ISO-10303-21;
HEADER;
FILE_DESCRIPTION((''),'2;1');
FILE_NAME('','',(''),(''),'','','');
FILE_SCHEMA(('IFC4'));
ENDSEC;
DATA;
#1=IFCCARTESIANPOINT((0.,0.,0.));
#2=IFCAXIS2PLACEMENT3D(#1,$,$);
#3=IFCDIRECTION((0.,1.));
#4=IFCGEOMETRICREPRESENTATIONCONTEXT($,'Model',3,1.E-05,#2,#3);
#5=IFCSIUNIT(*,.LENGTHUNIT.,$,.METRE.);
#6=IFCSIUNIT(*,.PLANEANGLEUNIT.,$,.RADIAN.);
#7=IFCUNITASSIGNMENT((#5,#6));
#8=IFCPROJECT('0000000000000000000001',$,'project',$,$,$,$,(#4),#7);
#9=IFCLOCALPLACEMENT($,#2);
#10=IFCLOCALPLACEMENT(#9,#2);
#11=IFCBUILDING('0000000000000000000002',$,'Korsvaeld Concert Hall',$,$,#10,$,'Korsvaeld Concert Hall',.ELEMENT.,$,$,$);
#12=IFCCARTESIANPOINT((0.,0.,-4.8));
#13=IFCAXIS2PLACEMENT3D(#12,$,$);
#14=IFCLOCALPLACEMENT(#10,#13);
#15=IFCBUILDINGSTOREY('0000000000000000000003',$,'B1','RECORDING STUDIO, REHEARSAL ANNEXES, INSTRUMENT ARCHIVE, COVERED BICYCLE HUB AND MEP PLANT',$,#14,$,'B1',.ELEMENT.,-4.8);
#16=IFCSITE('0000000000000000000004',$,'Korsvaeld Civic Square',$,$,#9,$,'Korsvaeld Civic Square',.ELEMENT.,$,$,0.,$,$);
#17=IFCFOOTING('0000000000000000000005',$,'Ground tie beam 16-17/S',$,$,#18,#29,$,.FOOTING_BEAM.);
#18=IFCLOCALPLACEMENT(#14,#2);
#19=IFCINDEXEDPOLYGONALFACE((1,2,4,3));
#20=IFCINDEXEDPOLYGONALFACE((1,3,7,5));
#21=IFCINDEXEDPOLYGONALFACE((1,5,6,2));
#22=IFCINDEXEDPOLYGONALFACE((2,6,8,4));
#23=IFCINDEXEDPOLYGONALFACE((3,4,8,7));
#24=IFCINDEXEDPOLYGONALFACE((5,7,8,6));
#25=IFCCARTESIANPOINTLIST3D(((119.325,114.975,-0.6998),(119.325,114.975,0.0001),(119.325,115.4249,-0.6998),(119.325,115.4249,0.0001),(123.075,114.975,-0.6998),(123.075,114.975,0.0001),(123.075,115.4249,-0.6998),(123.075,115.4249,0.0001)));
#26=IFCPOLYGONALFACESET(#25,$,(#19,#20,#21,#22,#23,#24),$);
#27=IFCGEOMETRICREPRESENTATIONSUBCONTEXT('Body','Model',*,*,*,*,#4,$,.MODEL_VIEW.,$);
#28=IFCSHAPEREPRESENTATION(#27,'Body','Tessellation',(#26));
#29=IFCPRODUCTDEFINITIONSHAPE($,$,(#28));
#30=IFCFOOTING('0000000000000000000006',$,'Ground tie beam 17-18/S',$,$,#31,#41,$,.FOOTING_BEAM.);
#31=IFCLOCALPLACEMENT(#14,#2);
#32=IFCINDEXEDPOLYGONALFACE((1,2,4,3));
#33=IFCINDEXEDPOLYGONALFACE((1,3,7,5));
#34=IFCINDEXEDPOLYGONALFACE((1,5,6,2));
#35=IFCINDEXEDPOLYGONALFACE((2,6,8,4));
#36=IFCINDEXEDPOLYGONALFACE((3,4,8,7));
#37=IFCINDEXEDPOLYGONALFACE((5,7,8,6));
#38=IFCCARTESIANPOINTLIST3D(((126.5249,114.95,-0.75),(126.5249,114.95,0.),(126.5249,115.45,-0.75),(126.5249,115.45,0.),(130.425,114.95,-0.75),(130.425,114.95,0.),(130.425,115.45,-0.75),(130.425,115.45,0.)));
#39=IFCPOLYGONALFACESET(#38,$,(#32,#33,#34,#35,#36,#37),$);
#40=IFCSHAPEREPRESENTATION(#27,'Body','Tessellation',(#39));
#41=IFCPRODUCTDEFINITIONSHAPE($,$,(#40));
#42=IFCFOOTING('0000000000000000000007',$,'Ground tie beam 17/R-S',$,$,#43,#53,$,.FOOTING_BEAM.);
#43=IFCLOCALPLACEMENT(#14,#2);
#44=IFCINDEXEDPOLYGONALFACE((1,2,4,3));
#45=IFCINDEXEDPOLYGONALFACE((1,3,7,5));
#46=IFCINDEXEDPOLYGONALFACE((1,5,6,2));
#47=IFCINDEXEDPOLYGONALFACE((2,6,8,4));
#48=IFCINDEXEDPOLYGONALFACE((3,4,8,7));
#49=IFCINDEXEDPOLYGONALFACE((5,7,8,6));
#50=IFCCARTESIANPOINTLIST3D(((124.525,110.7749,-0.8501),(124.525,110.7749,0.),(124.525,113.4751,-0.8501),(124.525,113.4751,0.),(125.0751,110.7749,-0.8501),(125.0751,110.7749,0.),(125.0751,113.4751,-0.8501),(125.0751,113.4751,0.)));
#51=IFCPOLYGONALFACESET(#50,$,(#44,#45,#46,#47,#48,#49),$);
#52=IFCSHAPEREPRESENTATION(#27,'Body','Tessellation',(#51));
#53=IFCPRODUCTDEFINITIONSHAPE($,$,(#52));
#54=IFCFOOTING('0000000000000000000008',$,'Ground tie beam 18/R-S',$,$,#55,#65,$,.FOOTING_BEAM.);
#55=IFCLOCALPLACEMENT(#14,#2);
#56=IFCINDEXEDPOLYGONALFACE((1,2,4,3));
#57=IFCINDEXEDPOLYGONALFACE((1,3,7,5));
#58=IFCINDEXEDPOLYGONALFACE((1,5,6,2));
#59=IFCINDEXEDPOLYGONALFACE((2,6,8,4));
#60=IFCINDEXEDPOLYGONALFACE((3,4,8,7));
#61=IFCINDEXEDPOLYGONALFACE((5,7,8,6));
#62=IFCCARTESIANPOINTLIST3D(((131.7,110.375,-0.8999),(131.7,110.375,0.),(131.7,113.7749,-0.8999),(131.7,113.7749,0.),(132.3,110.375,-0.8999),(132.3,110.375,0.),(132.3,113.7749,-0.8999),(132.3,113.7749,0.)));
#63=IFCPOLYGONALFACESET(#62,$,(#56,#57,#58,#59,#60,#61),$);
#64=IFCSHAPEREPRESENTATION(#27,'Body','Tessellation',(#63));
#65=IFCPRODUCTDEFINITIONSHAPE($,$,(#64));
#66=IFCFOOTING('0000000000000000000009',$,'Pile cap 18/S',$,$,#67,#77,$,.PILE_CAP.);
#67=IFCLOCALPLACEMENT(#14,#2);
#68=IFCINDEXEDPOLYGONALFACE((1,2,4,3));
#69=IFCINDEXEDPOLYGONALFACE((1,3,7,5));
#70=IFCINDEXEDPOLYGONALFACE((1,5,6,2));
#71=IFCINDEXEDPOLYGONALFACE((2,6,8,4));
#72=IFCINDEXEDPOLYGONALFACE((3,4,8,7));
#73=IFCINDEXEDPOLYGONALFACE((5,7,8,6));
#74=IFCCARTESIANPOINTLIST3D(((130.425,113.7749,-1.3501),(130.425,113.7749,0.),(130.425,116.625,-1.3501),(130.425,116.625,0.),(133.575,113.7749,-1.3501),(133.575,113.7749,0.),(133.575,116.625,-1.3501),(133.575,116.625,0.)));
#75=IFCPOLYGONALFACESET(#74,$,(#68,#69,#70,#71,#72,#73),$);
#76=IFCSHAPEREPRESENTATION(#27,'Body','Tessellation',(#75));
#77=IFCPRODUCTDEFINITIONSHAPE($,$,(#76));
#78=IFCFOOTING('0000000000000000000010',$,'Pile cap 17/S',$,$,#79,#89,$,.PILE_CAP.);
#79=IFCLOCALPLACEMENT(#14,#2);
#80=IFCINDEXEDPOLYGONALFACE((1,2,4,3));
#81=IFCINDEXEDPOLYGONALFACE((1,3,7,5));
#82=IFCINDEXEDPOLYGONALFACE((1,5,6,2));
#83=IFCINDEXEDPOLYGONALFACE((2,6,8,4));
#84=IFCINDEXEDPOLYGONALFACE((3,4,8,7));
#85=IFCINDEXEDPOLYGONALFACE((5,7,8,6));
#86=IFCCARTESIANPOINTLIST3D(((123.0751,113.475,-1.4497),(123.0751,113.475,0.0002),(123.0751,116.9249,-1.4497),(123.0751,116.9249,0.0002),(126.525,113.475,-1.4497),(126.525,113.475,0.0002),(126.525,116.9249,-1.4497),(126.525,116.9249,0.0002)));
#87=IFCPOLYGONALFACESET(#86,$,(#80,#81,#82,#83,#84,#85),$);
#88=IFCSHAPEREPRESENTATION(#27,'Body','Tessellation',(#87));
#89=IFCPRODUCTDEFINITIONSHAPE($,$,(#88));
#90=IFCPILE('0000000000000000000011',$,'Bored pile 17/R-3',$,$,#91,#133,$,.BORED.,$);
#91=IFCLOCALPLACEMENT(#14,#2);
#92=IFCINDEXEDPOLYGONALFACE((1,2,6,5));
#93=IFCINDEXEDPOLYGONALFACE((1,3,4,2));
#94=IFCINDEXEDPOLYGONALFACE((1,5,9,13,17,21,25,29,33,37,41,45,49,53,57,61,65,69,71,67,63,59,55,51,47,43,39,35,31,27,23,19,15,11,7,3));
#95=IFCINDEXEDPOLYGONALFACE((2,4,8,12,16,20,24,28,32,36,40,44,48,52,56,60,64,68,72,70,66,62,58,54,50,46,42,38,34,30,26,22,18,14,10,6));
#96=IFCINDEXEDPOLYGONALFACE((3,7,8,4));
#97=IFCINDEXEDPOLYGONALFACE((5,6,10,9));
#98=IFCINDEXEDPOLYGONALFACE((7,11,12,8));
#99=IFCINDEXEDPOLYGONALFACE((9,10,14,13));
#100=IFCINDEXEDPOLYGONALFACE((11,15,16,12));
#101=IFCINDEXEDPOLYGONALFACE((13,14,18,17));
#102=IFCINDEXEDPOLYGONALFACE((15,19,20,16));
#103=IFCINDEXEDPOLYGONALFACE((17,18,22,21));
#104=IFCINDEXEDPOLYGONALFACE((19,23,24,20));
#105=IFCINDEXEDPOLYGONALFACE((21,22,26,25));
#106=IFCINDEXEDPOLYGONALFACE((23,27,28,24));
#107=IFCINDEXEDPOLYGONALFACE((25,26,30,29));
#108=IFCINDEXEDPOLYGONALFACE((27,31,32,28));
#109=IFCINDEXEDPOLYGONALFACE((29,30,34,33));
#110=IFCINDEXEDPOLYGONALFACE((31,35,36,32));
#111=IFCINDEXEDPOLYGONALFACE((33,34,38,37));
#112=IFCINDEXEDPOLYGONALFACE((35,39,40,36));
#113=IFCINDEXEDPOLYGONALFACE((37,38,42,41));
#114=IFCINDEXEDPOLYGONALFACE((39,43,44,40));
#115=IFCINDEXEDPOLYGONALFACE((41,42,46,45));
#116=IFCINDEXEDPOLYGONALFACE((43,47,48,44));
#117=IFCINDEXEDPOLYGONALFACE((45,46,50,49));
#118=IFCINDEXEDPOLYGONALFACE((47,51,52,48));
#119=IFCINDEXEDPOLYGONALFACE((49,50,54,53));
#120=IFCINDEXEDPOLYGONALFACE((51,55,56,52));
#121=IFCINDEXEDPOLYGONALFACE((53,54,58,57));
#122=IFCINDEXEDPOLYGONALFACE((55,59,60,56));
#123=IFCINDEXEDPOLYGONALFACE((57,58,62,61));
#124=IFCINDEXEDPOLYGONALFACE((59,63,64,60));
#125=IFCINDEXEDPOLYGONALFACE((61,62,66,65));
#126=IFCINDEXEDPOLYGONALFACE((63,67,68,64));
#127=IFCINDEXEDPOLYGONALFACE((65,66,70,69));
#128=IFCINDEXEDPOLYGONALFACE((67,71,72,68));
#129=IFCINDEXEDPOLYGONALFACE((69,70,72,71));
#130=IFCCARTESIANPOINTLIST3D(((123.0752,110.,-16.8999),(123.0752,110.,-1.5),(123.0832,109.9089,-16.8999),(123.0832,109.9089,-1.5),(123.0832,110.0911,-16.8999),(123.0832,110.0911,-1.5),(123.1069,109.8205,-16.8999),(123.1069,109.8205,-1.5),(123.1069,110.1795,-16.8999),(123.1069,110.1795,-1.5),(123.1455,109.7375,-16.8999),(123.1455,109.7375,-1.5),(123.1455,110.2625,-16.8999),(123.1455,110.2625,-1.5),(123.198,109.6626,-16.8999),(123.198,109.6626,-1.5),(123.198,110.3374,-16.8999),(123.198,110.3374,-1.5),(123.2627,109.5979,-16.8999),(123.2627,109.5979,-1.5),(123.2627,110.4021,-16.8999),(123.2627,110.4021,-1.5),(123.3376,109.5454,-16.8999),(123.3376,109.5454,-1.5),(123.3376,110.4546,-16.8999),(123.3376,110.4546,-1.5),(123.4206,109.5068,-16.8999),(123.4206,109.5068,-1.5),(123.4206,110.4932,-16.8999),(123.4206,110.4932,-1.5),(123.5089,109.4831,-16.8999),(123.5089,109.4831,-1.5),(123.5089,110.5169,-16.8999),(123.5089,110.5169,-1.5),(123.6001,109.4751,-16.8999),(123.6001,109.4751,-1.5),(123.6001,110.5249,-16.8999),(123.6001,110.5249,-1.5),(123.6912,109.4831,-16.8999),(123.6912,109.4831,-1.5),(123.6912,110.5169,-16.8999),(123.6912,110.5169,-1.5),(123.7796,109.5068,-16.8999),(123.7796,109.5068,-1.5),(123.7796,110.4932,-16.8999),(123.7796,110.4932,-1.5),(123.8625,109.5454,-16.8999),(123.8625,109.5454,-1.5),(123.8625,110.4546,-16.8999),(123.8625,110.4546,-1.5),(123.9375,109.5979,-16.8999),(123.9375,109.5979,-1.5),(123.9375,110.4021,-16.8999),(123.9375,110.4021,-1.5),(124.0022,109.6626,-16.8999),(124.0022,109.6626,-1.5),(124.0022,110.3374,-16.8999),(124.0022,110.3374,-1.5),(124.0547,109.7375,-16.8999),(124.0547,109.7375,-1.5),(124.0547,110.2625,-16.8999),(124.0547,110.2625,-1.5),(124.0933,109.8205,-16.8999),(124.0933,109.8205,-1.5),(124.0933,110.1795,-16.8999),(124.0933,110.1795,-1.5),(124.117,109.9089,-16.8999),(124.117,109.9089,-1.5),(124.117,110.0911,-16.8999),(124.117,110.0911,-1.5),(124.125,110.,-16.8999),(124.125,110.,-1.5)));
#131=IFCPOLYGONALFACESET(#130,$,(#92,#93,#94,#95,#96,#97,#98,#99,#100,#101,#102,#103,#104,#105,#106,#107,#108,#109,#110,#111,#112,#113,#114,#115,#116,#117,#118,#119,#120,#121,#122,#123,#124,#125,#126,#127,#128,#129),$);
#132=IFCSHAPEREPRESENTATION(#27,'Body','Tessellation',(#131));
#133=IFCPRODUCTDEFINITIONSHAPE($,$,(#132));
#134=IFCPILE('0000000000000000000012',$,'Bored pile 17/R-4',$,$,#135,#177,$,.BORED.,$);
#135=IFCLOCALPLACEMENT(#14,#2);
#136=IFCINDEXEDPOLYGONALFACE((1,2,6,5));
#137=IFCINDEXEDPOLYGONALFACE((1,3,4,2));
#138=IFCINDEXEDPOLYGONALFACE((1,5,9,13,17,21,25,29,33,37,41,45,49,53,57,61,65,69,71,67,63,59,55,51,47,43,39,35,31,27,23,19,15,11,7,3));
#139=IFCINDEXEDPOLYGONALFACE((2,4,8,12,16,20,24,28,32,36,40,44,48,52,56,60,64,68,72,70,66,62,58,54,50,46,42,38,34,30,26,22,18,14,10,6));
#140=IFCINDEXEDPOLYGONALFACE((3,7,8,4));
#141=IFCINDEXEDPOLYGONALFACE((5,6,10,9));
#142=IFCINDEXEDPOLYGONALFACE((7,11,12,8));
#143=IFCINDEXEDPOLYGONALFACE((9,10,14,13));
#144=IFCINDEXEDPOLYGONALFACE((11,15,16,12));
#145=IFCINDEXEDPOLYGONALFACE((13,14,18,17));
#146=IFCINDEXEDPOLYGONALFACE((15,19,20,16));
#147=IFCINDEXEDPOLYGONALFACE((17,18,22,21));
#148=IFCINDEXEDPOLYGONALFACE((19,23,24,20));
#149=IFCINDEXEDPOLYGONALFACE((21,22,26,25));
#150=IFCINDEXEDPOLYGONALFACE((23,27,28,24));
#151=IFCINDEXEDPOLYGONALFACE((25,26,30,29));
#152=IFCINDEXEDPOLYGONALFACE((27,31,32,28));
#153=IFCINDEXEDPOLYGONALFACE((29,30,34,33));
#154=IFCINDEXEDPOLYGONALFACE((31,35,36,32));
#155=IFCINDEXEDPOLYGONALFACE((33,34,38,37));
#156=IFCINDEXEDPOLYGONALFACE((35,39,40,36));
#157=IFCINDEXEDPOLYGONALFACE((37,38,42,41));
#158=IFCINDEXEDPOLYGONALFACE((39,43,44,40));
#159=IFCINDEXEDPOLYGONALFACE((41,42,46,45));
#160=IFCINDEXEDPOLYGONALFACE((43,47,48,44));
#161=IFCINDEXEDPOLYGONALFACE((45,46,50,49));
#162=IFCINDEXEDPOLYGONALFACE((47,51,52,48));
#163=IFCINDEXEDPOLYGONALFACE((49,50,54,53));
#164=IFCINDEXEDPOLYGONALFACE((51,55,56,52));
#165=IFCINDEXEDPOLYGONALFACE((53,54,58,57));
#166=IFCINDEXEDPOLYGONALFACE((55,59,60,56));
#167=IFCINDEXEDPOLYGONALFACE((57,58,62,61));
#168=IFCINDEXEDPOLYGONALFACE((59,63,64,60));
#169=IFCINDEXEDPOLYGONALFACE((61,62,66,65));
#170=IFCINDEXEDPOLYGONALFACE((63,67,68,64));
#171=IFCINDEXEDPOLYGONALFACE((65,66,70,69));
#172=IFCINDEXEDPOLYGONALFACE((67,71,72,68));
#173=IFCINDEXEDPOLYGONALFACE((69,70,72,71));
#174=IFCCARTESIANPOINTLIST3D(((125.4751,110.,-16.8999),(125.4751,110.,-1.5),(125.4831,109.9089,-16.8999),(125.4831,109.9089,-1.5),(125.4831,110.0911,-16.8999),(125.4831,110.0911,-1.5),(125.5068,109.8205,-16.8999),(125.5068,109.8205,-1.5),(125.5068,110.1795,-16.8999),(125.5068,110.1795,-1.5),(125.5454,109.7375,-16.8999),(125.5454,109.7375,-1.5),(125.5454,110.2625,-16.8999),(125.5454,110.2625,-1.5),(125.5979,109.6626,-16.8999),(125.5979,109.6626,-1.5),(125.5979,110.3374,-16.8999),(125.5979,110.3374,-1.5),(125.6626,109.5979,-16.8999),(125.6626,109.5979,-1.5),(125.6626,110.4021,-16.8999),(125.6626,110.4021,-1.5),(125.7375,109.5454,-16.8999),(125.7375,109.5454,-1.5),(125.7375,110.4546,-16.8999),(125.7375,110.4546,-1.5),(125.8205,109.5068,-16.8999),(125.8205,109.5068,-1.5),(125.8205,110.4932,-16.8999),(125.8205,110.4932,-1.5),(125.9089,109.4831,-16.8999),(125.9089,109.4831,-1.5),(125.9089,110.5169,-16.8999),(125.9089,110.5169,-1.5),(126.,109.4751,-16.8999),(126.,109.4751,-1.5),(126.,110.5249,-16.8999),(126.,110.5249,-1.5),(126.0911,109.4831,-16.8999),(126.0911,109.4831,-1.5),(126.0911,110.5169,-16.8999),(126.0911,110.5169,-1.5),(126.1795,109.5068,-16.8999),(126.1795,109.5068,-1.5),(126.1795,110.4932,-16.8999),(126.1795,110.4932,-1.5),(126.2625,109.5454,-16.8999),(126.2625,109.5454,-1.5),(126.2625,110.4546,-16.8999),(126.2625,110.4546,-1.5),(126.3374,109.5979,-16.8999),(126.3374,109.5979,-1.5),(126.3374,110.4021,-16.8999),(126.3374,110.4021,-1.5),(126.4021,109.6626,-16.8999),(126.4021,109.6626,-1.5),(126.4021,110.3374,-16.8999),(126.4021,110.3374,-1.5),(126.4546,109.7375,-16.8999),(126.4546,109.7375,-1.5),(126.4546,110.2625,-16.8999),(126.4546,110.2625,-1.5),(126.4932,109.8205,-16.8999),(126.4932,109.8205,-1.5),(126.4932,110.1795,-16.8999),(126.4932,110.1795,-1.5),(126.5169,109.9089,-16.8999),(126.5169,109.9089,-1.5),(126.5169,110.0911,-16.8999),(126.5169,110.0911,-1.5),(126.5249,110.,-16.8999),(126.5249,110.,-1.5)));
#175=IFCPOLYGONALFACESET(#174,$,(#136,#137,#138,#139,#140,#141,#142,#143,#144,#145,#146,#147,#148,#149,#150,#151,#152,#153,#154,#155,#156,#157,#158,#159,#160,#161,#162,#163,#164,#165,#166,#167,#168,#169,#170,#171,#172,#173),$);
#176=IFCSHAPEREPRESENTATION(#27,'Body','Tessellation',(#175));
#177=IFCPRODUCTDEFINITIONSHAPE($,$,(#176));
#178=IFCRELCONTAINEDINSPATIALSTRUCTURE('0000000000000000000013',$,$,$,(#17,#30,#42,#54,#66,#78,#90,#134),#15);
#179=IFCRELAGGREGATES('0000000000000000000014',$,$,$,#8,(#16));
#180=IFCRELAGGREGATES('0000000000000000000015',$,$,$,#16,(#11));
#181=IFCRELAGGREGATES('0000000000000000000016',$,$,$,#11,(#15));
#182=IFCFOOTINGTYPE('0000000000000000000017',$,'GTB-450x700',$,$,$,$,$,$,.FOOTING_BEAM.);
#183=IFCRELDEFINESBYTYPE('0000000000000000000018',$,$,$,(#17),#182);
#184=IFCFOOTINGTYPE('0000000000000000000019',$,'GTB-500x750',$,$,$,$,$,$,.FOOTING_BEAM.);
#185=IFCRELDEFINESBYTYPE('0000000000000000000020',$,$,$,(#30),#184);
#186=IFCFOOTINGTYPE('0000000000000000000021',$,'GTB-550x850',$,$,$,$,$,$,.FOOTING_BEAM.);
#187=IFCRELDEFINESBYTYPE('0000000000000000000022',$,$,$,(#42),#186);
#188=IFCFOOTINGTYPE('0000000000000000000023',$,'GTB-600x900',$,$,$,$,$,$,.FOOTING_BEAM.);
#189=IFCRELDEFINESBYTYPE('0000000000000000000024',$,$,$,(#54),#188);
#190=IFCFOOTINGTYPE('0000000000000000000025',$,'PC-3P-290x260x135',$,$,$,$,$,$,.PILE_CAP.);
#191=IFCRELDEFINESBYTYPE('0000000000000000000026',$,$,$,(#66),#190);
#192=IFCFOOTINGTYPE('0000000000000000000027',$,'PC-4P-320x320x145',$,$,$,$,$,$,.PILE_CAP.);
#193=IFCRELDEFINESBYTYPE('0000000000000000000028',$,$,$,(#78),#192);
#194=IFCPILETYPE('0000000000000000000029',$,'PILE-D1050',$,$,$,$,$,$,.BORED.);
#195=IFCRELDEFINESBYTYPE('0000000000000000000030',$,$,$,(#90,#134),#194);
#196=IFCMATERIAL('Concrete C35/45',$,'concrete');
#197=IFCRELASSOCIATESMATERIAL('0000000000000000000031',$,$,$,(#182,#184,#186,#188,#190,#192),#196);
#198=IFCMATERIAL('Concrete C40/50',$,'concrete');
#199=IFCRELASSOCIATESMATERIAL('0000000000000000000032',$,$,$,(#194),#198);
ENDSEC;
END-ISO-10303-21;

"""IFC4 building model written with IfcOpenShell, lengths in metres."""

from ifc_helpers import new_model, si_unit, direction, frame, origin, origin_2d, place, context, subcontext, project, spatial, rectangle, circle, extrude, material, material_profile, profile_set, type_object, element, save


model = new_model("IFC4")

# Units and contexts
model_context = context("Model", 3, precision=1e-05, world=origin(), true_north=direction((0.0, 1.0)))
body_context = subcontext(model_context, "Body", "Model", "MODEL_VIEW")
ifc_project = project(units=[si_unit("LENGTHUNIT", "METRE"), si_unit("PLANEANGLEUNIT", "RADIAN")], contexts=[model_context])

# Site, building, storey
site_placement = place(None, origin())
site = spatial("IfcSite", under=ifc_project, at=site_placement, Name="Korsvaeld Civic Square", LongName="Korsvaeld Civic Square", CompositionType="ELEMENT", RefElevation=0.0)
building_placement = place(site_placement, origin())
building = spatial("IfcBuilding", under=site, at=building_placement, Name="Korsvaeld Concert Hall", LongName="Korsvaeld Concert Hall", CompositionType="ELEMENT")
storey_placement = place(building_placement, frame((0.0, 0.0, -4.8)))
storey = spatial("IfcBuildingStorey", under=building, at=storey_placement, Name="B1", Description="RECORDING STUDIO, REHEARSAL ANNEXES, INSTRUMENT ARCHIVE, COVERED BICYCLE HUB AND MEP PLANT", LongName="B1", CompositionType="ELEMENT", Elevation=-4.8)

# Footings
ifc_material_1 = material(Name="Concrete C35/45", Category="concrete")
ifc_material_profile_1 = material_profile(ifc_material_1, rectangle(XDim=0.45, YDim=0.7, at=origin_2d()), Name="GTB 450x700")
ifc_profile_set_1 = profile_set([ifc_material_profile_1], Name="Concrete C35/45")
footing_type_1 = type_object("IfcFootingType", Name="GTB-450x700", PredefinedType="FOOTING_BEAM", material=ifc_profile_set_1)
footing_1_placement = place(storey_placement, frame((119.325, 115.2, -0.3499), z_axis=(1.0, 0.0, 0.0), x_axis=(0.0, 1.0, 0.0)))
element("IfcFooting", 1, at=footing_1_placement, inside=storey, type_object=footing_type_1, Name="Ground tie beam 16-17/S", PredefinedType="FOOTING_BEAM", context=body_context, shape_type="SweptSolid", body=[
    extrude(rectangle(XDim=0.45, YDim=0.7, at=origin_2d()), origin(), (0.0, 0.0, 1.0), 3.75),
])
ifc_material_profile_2 = material_profile(ifc_material_1, rectangle(XDim=0.5, YDim=0.75, at=origin_2d()), Name="GTB 500x750")
ifc_profile_set_2 = profile_set([ifc_material_profile_2], Name="Concrete C35/45")
footing_type_2 = type_object("IfcFootingType", Name="GTB-500x750", PredefinedType="FOOTING_BEAM", material=ifc_profile_set_2)
footing_2_placement = place(storey_placement, frame((126.5249, 115.2, -0.375), z_axis=(1.0, 0.0, 0.0), x_axis=(0.0, 1.0, 0.0)))
element("IfcFooting", 2, at=footing_2_placement, inside=storey, type_object=footing_type_2, Name="Ground tie beam 17-18/S", PredefinedType="FOOTING_BEAM", context=body_context, shape_type="SweptSolid", body=[
    extrude(rectangle(XDim=0.5, YDim=0.75, at=origin_2d()), origin(), (0.0, 0.0, 1.0), 3.9001),
])
ifc_material_profile_3 = material_profile(ifc_material_1, rectangle(XDim=0.55, YDim=0.8501, at=origin_2d()), Name="GTB 550x850")
ifc_profile_set_3 = profile_set([ifc_material_profile_3], Name="Concrete C35/45")
footing_type_3 = type_object("IfcFootingType", Name="GTB-550x850", PredefinedType="FOOTING_BEAM", material=ifc_profile_set_3)
footing_3_placement = place(storey_placement, frame((124.8, 110.7749, -0.425), z_axis=(0.0, 1.0, 0.0), x_axis=(-1.0, 0.0, 0.0)))
element("IfcFooting", 3, at=footing_3_placement, inside=storey, type_object=footing_type_3, Name="Ground tie beam 17/R-S", PredefinedType="FOOTING_BEAM", context=body_context, shape_type="SweptSolid", body=[
    extrude(rectangle(XDim=0.55, YDim=0.8501, at=origin_2d()), origin(), (0.0, 0.0, 1.0), 2.7002),
])
ifc_material_profile_4 = material_profile(ifc_material_1, rectangle(XDim=0.6001, YDim=0.8999, at=origin_2d()), Name="GTB 600x900")
ifc_profile_set_4 = profile_set([ifc_material_profile_4], Name="Concrete C35/45")
footing_type_4 = type_object("IfcFootingType", Name="GTB-600x900", PredefinedType="FOOTING_BEAM", material=ifc_profile_set_4)
footing_4_placement = place(storey_placement, frame((132.0, 110.375, -0.45), z_axis=(0.0, 1.0, 0.0), x_axis=(-1.0, 0.0, 0.0)))
element("IfcFooting", 4, at=footing_4_placement, inside=storey, type_object=footing_type_4, Name="Ground tie beam 18/R-S", PredefinedType="FOOTING_BEAM", context=body_context, shape_type="SweptSolid", body=[
    extrude(rectangle(XDim=0.6001, YDim=0.8999, at=origin_2d()), origin(), (0.0, 0.0, 1.0), 3.3999),
])
footing_type_5 = type_object("IfcFootingType", Name="PC-3P-290x260x135", PredefinedType="PILE_CAP", material=ifc_material_1)
footing_5_placement = place(storey_placement, frame((132.0, 115.2, -1.3501), z_axis=(0.0, 0.0, 1.0), x_axis=(1.0, 0.0, 0.0)))
element("IfcFooting", 5, at=footing_5_placement, inside=storey, type_object=footing_type_5, Name="Pile cap 18/S", PredefinedType="PILE_CAP", context=body_context, shape_type="SweptSolid", body=[
    extrude(rectangle(XDim=3.1499, YDim=2.8501, at=origin_2d()), origin(), (0.0, 0.0, 1.0), 1.3501),
])
footing_type_6 = type_object("IfcFootingType", Name="PC-4P-320x320x145", PredefinedType="PILE_CAP", material=ifc_material_1)
footing_6_placement = place(storey_placement, frame((124.8, 115.2, -1.4497), z_axis=(0.0, 0.0, 1.0), x_axis=(1.0, 0.0, 0.0)))
element("IfcFooting", 6, at=footing_6_placement, inside=storey, type_object=footing_type_6, Name="Pile cap 17/S", PredefinedType="PILE_CAP", context=body_context, shape_type="SweptSolid", body=[
    extrude(rectangle(XDim=3.45, YDim=3.45, at=origin_2d()), origin(), (0.0, 0.0, 1.0), 1.45),
])

# Piles
ifc_material_2 = material(Name="Concrete C40/50", Category="concrete")
ifc_material_profile_5 = material_profile(ifc_material_2, circle(Radius=0.5249, at=origin_2d()), Name="BORED PILE D1050")
ifc_profile_set_5 = profile_set([ifc_material_profile_5], Name="Concrete C40/50")
pile_type_1 = type_object("IfcPileType", Name="PILE-D1050", PredefinedType="BORED", material=ifc_profile_set_5)
for number, where, z_axis, x_axis, name in (
    (7, (123.6001, 110.0, -1.5), (0.0, 0.0, -1.0), (1.0, 0.0, 0.0), "Bored pile 17/R-3"),
    (8, (126.0, 110.0, -1.5), (0.0, 0.0, -1.0), (1.0, 0.0, 0.0), "Bored pile 17/R-4"),
):
    element("IfcPile", number, at=place(storey_placement, frame(where, z_axis=z_axis, x_axis=x_axis)), inside=storey, type_object=pile_type_1, Name=name, PredefinedType="BORED", context=body_context, shape_type="SweptSolid", body=[
        extrude(circle(Radius=0.5249, at=origin_2d()), origin(), (0.0, 0.0, 1.0), 15.3999),
    ])

save(model, "model.ifc")
